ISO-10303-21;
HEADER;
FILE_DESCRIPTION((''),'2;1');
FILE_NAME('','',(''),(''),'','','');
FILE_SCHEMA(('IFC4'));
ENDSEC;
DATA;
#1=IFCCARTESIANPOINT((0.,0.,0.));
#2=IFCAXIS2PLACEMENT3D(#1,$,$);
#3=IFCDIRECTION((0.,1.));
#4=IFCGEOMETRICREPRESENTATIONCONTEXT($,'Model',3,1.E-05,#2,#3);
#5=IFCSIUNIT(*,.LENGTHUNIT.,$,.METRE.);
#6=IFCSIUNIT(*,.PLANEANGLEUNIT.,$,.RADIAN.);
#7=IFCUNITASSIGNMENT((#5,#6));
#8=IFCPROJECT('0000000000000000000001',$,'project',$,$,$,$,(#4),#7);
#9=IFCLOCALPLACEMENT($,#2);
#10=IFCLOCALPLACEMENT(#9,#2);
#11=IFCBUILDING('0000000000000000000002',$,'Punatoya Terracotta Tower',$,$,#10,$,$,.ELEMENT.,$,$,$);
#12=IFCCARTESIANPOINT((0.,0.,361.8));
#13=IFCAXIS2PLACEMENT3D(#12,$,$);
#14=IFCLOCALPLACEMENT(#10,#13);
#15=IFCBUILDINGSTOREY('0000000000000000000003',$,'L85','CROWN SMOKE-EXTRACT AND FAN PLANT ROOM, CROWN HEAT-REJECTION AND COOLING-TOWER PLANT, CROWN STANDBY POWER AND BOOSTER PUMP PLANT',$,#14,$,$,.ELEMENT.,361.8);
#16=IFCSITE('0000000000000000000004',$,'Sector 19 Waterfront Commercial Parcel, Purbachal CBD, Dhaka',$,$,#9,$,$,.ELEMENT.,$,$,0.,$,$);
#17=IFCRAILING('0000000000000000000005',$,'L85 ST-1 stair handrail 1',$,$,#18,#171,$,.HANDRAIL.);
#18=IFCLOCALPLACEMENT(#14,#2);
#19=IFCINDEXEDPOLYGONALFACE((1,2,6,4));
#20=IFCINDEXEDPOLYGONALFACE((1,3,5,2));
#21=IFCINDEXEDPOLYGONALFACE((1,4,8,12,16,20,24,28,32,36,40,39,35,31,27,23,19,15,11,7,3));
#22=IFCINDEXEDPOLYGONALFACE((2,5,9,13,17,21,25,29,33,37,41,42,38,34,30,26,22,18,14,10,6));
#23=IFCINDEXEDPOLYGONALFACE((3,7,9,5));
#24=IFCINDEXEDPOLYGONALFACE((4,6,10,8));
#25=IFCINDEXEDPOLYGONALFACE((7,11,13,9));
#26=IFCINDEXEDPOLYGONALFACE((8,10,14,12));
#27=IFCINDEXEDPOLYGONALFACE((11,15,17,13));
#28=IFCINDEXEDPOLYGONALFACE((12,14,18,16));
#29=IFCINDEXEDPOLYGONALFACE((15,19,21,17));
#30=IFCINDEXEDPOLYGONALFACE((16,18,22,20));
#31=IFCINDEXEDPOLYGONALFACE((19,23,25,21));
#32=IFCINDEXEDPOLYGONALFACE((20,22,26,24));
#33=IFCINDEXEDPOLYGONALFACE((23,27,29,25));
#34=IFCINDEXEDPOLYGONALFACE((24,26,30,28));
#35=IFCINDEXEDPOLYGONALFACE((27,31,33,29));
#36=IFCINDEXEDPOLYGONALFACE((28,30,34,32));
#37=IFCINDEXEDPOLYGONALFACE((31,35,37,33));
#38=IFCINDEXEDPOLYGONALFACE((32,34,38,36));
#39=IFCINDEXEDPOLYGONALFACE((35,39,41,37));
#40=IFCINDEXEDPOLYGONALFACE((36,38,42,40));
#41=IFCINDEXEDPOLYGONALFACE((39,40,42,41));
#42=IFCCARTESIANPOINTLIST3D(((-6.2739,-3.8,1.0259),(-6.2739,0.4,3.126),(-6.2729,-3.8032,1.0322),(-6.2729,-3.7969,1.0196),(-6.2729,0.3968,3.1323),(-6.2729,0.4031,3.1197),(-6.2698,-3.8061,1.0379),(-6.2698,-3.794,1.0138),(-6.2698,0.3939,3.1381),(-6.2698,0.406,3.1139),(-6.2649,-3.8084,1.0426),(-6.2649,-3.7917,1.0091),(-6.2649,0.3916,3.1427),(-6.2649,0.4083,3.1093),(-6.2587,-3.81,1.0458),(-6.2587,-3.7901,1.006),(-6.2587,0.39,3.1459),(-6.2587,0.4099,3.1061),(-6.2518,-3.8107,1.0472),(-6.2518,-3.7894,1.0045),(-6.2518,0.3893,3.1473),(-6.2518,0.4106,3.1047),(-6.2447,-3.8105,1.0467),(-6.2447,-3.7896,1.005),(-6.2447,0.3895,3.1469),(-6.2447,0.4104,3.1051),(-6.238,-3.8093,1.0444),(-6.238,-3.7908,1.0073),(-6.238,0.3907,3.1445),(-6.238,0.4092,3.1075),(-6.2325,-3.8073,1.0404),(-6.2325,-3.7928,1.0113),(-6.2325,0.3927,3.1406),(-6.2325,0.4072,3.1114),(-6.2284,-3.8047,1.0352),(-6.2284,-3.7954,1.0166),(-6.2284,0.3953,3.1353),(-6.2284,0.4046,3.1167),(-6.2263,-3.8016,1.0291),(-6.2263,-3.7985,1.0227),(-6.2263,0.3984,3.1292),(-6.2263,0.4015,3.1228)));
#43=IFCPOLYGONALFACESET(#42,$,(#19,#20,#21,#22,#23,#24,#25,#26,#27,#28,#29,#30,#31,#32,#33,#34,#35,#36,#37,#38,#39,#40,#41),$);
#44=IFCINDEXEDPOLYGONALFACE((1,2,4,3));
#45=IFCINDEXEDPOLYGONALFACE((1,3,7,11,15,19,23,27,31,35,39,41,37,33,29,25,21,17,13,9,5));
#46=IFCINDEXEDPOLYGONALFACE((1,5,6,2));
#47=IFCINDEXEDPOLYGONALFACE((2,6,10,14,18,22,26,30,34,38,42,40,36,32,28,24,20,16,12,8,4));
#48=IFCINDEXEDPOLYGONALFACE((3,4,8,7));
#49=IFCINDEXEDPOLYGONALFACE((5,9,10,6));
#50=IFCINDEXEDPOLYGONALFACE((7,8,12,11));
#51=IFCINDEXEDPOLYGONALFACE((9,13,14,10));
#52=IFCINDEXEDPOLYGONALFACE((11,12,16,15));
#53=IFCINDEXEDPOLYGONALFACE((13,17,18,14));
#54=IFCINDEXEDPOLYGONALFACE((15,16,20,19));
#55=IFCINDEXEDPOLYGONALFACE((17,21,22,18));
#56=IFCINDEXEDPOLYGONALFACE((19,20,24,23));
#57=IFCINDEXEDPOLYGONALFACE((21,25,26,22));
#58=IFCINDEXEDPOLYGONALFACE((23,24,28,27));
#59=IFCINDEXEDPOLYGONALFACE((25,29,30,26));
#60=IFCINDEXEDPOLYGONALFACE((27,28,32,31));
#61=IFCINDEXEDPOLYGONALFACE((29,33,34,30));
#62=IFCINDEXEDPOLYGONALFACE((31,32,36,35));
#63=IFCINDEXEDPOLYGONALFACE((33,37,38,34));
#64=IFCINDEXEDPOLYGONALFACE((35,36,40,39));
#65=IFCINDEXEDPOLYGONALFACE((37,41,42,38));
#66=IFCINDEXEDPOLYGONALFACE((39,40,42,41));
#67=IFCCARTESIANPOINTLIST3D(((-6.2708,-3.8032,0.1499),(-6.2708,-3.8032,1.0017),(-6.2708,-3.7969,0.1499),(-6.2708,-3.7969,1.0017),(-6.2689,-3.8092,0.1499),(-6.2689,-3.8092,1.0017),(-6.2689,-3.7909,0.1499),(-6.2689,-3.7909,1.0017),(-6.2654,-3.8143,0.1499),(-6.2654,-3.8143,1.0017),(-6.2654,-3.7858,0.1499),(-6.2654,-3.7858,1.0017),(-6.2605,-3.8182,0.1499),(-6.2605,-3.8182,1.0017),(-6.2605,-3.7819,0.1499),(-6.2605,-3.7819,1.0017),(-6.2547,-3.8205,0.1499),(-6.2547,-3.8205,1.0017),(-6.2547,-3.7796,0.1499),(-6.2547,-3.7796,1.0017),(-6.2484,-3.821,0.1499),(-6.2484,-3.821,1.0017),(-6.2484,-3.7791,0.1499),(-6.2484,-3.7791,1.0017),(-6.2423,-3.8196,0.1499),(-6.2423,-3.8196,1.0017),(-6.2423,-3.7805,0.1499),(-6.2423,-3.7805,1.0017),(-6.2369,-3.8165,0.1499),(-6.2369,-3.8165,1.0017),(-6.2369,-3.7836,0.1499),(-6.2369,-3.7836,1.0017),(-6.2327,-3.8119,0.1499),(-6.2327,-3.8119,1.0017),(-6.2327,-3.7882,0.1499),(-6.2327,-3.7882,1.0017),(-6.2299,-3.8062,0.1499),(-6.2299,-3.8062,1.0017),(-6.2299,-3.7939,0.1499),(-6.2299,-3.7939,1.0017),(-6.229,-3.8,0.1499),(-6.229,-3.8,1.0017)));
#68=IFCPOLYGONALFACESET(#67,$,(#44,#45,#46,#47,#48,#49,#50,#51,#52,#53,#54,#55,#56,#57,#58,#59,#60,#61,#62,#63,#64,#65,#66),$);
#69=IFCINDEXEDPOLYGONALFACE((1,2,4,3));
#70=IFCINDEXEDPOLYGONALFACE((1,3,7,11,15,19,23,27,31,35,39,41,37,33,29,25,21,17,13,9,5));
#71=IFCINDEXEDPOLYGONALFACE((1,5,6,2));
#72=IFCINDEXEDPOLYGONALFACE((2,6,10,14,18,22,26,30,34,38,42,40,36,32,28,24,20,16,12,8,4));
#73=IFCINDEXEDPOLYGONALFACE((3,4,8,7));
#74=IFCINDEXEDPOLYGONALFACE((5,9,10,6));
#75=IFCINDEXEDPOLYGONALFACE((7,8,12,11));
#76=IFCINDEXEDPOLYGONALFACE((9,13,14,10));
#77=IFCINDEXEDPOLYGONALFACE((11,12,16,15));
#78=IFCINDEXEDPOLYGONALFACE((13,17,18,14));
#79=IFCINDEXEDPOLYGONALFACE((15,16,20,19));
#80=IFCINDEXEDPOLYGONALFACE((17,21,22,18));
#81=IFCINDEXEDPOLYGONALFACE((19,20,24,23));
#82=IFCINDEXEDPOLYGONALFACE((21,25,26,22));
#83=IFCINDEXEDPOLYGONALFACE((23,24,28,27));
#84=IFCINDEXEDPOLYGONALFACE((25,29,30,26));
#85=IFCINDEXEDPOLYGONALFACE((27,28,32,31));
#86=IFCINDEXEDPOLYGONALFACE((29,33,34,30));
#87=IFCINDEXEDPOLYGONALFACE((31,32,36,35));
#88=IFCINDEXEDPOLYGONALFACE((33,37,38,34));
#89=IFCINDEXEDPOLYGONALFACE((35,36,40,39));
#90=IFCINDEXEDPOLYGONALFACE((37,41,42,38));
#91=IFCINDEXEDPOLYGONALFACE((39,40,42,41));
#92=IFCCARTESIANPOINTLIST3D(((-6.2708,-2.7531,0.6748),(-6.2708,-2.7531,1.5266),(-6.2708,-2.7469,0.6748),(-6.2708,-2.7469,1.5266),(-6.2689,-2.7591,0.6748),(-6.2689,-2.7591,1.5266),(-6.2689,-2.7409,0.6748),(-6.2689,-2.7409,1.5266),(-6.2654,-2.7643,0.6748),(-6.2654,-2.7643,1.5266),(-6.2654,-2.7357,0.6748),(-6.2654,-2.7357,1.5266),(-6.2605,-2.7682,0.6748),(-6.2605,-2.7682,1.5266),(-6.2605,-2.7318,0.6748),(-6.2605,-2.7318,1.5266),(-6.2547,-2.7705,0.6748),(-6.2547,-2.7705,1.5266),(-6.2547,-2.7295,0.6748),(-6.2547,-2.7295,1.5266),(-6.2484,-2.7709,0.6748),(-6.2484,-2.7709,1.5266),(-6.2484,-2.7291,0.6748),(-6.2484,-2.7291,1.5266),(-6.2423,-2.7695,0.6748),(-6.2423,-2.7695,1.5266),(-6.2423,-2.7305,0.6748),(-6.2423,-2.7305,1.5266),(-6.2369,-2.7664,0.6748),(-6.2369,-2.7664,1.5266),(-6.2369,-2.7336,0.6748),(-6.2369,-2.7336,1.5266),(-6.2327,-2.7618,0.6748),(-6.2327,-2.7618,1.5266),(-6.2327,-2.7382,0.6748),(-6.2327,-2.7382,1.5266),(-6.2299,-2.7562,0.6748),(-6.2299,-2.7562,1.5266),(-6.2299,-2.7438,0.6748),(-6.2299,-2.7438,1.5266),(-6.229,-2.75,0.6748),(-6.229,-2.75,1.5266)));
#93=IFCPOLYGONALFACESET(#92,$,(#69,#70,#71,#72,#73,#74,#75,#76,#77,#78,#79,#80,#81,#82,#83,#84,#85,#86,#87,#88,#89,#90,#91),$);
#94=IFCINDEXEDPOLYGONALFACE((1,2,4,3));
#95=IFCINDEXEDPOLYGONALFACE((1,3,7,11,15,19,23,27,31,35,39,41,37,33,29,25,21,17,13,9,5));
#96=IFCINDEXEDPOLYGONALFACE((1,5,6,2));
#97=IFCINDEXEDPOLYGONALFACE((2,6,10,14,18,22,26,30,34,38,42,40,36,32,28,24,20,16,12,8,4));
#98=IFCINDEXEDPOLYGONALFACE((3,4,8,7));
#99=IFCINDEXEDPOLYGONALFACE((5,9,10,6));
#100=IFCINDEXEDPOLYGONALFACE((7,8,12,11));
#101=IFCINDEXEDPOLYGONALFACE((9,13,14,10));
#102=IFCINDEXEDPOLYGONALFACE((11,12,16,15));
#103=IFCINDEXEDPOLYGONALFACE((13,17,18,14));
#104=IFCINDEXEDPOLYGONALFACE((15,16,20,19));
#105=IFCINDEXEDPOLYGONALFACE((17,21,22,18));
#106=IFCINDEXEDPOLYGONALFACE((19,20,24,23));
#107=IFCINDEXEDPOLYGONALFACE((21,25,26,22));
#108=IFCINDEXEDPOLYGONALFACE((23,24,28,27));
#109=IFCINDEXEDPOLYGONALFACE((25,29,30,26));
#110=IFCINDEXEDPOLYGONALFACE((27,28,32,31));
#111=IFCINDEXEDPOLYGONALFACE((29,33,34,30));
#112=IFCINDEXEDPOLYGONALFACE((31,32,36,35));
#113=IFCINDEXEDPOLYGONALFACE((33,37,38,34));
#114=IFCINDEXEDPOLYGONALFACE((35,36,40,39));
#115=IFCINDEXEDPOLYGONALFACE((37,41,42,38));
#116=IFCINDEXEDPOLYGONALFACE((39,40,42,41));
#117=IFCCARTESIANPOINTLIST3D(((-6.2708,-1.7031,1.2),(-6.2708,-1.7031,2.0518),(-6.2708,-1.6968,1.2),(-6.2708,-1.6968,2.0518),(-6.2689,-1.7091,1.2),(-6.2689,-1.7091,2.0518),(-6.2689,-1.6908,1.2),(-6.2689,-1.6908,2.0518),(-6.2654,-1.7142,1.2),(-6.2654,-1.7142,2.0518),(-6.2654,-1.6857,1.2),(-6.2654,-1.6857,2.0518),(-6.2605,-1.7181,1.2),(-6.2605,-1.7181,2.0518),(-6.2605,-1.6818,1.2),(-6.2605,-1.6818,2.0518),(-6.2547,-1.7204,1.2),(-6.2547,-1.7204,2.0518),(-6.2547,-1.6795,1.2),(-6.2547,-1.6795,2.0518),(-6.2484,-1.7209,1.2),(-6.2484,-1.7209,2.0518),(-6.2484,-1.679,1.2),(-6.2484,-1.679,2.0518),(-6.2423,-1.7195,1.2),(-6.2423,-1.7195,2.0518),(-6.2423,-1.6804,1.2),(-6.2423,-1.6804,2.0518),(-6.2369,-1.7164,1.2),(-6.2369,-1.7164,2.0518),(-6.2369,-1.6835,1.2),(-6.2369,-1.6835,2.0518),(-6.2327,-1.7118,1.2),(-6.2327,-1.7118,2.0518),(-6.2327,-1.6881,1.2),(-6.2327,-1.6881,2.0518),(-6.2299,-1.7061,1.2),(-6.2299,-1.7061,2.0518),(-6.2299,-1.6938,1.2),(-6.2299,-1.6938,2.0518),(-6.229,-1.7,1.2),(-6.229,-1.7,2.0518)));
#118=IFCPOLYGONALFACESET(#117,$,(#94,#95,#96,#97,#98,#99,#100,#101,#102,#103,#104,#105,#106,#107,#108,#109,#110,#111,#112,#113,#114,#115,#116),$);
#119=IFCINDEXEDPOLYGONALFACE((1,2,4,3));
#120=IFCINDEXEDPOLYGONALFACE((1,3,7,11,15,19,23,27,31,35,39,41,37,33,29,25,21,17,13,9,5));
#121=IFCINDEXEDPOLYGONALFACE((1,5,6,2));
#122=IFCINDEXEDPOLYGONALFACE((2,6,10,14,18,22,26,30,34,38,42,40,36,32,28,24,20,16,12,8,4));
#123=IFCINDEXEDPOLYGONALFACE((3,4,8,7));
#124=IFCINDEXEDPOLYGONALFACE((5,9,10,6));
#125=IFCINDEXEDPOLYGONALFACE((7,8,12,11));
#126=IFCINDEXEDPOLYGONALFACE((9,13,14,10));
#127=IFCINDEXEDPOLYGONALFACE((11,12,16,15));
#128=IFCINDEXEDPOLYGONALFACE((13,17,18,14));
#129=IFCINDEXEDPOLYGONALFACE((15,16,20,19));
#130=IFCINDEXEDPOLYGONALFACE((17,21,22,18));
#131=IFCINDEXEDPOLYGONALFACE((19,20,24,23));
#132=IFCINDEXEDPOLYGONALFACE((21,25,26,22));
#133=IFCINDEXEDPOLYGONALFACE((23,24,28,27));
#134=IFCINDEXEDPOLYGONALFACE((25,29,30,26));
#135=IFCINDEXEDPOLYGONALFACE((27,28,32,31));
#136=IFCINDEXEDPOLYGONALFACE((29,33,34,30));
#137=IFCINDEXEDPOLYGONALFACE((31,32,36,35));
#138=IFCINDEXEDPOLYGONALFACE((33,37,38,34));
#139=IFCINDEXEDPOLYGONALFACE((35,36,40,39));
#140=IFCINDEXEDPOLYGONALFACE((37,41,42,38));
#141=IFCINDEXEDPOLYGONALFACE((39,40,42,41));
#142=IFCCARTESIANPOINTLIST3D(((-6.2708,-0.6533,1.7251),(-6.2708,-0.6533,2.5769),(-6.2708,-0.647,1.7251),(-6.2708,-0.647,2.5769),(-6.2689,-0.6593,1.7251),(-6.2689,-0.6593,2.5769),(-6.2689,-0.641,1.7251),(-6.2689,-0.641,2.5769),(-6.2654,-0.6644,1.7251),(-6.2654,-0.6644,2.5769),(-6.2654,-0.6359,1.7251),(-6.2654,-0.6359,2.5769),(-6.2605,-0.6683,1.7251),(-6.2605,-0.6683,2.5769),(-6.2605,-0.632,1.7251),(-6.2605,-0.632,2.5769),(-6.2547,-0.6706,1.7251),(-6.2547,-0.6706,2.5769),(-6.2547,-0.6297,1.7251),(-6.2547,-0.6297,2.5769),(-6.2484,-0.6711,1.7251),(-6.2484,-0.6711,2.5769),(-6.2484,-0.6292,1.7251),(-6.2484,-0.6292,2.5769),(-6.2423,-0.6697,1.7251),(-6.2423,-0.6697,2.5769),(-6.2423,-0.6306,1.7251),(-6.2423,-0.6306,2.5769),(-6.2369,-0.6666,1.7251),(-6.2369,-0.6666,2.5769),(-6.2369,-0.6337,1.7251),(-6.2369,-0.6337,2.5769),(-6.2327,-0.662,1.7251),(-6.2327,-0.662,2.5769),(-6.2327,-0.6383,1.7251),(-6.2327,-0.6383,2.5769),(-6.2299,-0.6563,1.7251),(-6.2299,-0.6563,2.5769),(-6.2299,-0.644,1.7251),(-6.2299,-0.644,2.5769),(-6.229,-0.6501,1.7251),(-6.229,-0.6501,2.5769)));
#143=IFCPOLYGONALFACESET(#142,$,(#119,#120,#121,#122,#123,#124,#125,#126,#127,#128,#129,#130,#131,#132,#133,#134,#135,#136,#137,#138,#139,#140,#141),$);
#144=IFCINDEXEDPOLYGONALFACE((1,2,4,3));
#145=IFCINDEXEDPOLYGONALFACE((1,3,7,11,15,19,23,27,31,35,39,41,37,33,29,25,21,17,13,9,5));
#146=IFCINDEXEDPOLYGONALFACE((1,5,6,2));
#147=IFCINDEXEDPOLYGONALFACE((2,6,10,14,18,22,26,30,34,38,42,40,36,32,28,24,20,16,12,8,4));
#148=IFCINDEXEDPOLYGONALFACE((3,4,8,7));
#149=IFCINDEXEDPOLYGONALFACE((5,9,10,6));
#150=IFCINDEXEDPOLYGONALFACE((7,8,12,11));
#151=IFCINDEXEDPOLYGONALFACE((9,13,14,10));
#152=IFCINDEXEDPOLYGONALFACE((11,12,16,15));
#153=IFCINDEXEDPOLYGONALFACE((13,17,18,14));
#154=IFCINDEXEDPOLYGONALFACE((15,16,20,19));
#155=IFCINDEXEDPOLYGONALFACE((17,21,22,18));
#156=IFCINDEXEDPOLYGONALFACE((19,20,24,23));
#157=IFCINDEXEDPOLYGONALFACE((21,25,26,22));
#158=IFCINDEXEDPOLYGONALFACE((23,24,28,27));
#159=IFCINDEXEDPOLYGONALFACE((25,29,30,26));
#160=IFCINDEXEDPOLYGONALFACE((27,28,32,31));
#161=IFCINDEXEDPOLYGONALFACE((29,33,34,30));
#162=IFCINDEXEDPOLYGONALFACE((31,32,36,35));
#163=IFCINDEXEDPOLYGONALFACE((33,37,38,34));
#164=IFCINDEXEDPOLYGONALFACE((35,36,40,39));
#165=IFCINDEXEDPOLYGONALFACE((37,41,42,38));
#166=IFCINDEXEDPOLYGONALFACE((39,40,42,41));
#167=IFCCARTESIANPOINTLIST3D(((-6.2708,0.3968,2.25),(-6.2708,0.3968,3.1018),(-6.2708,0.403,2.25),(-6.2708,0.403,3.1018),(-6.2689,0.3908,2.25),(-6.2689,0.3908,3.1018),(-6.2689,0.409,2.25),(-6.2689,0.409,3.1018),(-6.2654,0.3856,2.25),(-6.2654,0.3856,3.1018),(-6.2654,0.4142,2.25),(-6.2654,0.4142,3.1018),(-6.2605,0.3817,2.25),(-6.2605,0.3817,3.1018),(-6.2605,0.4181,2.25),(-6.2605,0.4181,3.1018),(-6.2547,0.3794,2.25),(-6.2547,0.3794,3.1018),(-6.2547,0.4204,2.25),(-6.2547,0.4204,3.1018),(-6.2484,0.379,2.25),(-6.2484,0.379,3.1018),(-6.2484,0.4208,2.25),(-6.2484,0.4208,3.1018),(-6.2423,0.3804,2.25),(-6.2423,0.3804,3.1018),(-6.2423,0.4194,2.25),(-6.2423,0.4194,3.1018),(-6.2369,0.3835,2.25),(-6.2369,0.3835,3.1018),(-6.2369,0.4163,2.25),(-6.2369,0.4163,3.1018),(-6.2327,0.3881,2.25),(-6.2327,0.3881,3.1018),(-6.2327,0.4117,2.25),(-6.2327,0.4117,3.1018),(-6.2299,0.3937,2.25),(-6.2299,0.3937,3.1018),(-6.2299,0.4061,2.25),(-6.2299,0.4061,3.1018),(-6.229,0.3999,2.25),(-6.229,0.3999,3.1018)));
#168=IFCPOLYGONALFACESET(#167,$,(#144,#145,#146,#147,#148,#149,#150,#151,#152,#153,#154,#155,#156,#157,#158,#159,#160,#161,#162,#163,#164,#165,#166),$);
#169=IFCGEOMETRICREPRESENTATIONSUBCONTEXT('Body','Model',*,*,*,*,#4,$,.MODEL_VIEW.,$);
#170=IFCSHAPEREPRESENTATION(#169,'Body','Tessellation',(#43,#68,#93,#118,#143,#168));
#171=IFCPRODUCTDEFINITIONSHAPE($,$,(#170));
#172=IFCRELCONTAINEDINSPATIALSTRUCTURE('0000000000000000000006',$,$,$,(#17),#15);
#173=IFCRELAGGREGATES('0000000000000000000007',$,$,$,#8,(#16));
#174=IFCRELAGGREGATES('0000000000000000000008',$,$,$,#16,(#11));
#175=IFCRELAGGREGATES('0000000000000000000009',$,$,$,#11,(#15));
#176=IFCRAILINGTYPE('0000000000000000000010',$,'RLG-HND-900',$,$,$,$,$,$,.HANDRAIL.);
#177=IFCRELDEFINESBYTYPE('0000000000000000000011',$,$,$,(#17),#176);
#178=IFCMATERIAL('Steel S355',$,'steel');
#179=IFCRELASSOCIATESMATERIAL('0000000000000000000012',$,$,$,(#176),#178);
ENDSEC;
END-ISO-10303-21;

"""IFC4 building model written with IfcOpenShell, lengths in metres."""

from ifc_helpers import new_model, si_unit, direction, frame, origin, origin_2d, place, context, subcontext, project, spatial, circle, extrude, material, type_object, element, save


model = new_model("IFC4")

# Units and contexts
model_context = context("Model", 3, precision=1e-05, world=origin(), true_north=direction((0.0, 1.0)))
body_context = subcontext(model_context, "Body", "Model", "MODEL_VIEW")
ifc_project = project(units=[si_unit("LENGTHUNIT", "METRE"), si_unit("PLANEANGLEUNIT", "RADIAN")], contexts=[model_context])

# Site, building, storey
site_placement = place(None, origin())
site = spatial("IfcSite", under=ifc_project, at=site_placement, Name="Sector 19 Waterfront Commercial Parcel, Purbachal CBD, Dhaka", CompositionType="ELEMENT", RefElevation=0.0)
building_placement = place(site_placement, origin())
building = spatial("IfcBuilding", under=site, at=building_placement, Name="Punatoya Terracotta Tower", CompositionType="ELEMENT")
storey_placement = place(building_placement, frame((0.0, 0.0, 361.8)))
storey = spatial("IfcBuildingStorey", under=building, at=storey_placement, Name="L85", Description="CROWN SMOKE-EXTRACT AND FAN PLANT ROOM, CROWN HEAT-REJECTION AND COOLING-TOWER PLANT, CROWN STANDBY POWER AND BOOSTER PUMP PLANT", CompositionType="ELEMENT", Elevation=361.8)

# Shared definitions
ifc_material_1 = material(Name="Steel S355", Category="steel")

# Railing
railing_type_1 = type_object("IfcRailingType", Name="RLG-HND-900", PredefinedType="HANDRAIL", material=ifc_material_1)
railing_1_placement = place(storey_placement, frame((-6.25, -3.8, 0.1499)))
element("IfcRailing", 1, at=railing_1_placement, inside=storey, type_object=railing_type_1, Name="L85 ST-1 stair handrail 1", PredefinedType="HANDRAIL", context=body_context, shape_type="SweptSolid", body=[
    extrude(circle(Radius=0.0239, at=origin_2d()), frame((0.0, 0.0, 0.876), z_axis=(0.0, 0.894417, 0.447234), x_axis=(-1.0, 0.0, 0.0)), (0.0, 0.0, 1.0), 4.6958),
    extrude(circle(Radius=0.021, at=origin_2d()), origin(), (0.0, 0.0, 1.0), 0.8518),
    extrude(circle(Radius=0.021, at=origin_2d()), frame((0.0, 1.05, 0.5249)), (0.0, 0.0, 1.0), 0.8518),
    extrude(circle(Radius=0.021, at=origin_2d()), frame((0.0, 2.1001, 1.05)), (0.0, 0.0, 1.0), 0.8518),
    extrude(circle(Radius=0.021, at=origin_2d()), frame((0.0, 3.1499, 1.5752)), (0.0, 0.0, 1.0), 0.8518),
    extrude(circle(Radius=0.021, at=origin_2d()), frame((0.0, 4.2, 2.1001)), (0.0, 0.0, 1.0), 0.8518),
])

save(model, "model.ifc")
